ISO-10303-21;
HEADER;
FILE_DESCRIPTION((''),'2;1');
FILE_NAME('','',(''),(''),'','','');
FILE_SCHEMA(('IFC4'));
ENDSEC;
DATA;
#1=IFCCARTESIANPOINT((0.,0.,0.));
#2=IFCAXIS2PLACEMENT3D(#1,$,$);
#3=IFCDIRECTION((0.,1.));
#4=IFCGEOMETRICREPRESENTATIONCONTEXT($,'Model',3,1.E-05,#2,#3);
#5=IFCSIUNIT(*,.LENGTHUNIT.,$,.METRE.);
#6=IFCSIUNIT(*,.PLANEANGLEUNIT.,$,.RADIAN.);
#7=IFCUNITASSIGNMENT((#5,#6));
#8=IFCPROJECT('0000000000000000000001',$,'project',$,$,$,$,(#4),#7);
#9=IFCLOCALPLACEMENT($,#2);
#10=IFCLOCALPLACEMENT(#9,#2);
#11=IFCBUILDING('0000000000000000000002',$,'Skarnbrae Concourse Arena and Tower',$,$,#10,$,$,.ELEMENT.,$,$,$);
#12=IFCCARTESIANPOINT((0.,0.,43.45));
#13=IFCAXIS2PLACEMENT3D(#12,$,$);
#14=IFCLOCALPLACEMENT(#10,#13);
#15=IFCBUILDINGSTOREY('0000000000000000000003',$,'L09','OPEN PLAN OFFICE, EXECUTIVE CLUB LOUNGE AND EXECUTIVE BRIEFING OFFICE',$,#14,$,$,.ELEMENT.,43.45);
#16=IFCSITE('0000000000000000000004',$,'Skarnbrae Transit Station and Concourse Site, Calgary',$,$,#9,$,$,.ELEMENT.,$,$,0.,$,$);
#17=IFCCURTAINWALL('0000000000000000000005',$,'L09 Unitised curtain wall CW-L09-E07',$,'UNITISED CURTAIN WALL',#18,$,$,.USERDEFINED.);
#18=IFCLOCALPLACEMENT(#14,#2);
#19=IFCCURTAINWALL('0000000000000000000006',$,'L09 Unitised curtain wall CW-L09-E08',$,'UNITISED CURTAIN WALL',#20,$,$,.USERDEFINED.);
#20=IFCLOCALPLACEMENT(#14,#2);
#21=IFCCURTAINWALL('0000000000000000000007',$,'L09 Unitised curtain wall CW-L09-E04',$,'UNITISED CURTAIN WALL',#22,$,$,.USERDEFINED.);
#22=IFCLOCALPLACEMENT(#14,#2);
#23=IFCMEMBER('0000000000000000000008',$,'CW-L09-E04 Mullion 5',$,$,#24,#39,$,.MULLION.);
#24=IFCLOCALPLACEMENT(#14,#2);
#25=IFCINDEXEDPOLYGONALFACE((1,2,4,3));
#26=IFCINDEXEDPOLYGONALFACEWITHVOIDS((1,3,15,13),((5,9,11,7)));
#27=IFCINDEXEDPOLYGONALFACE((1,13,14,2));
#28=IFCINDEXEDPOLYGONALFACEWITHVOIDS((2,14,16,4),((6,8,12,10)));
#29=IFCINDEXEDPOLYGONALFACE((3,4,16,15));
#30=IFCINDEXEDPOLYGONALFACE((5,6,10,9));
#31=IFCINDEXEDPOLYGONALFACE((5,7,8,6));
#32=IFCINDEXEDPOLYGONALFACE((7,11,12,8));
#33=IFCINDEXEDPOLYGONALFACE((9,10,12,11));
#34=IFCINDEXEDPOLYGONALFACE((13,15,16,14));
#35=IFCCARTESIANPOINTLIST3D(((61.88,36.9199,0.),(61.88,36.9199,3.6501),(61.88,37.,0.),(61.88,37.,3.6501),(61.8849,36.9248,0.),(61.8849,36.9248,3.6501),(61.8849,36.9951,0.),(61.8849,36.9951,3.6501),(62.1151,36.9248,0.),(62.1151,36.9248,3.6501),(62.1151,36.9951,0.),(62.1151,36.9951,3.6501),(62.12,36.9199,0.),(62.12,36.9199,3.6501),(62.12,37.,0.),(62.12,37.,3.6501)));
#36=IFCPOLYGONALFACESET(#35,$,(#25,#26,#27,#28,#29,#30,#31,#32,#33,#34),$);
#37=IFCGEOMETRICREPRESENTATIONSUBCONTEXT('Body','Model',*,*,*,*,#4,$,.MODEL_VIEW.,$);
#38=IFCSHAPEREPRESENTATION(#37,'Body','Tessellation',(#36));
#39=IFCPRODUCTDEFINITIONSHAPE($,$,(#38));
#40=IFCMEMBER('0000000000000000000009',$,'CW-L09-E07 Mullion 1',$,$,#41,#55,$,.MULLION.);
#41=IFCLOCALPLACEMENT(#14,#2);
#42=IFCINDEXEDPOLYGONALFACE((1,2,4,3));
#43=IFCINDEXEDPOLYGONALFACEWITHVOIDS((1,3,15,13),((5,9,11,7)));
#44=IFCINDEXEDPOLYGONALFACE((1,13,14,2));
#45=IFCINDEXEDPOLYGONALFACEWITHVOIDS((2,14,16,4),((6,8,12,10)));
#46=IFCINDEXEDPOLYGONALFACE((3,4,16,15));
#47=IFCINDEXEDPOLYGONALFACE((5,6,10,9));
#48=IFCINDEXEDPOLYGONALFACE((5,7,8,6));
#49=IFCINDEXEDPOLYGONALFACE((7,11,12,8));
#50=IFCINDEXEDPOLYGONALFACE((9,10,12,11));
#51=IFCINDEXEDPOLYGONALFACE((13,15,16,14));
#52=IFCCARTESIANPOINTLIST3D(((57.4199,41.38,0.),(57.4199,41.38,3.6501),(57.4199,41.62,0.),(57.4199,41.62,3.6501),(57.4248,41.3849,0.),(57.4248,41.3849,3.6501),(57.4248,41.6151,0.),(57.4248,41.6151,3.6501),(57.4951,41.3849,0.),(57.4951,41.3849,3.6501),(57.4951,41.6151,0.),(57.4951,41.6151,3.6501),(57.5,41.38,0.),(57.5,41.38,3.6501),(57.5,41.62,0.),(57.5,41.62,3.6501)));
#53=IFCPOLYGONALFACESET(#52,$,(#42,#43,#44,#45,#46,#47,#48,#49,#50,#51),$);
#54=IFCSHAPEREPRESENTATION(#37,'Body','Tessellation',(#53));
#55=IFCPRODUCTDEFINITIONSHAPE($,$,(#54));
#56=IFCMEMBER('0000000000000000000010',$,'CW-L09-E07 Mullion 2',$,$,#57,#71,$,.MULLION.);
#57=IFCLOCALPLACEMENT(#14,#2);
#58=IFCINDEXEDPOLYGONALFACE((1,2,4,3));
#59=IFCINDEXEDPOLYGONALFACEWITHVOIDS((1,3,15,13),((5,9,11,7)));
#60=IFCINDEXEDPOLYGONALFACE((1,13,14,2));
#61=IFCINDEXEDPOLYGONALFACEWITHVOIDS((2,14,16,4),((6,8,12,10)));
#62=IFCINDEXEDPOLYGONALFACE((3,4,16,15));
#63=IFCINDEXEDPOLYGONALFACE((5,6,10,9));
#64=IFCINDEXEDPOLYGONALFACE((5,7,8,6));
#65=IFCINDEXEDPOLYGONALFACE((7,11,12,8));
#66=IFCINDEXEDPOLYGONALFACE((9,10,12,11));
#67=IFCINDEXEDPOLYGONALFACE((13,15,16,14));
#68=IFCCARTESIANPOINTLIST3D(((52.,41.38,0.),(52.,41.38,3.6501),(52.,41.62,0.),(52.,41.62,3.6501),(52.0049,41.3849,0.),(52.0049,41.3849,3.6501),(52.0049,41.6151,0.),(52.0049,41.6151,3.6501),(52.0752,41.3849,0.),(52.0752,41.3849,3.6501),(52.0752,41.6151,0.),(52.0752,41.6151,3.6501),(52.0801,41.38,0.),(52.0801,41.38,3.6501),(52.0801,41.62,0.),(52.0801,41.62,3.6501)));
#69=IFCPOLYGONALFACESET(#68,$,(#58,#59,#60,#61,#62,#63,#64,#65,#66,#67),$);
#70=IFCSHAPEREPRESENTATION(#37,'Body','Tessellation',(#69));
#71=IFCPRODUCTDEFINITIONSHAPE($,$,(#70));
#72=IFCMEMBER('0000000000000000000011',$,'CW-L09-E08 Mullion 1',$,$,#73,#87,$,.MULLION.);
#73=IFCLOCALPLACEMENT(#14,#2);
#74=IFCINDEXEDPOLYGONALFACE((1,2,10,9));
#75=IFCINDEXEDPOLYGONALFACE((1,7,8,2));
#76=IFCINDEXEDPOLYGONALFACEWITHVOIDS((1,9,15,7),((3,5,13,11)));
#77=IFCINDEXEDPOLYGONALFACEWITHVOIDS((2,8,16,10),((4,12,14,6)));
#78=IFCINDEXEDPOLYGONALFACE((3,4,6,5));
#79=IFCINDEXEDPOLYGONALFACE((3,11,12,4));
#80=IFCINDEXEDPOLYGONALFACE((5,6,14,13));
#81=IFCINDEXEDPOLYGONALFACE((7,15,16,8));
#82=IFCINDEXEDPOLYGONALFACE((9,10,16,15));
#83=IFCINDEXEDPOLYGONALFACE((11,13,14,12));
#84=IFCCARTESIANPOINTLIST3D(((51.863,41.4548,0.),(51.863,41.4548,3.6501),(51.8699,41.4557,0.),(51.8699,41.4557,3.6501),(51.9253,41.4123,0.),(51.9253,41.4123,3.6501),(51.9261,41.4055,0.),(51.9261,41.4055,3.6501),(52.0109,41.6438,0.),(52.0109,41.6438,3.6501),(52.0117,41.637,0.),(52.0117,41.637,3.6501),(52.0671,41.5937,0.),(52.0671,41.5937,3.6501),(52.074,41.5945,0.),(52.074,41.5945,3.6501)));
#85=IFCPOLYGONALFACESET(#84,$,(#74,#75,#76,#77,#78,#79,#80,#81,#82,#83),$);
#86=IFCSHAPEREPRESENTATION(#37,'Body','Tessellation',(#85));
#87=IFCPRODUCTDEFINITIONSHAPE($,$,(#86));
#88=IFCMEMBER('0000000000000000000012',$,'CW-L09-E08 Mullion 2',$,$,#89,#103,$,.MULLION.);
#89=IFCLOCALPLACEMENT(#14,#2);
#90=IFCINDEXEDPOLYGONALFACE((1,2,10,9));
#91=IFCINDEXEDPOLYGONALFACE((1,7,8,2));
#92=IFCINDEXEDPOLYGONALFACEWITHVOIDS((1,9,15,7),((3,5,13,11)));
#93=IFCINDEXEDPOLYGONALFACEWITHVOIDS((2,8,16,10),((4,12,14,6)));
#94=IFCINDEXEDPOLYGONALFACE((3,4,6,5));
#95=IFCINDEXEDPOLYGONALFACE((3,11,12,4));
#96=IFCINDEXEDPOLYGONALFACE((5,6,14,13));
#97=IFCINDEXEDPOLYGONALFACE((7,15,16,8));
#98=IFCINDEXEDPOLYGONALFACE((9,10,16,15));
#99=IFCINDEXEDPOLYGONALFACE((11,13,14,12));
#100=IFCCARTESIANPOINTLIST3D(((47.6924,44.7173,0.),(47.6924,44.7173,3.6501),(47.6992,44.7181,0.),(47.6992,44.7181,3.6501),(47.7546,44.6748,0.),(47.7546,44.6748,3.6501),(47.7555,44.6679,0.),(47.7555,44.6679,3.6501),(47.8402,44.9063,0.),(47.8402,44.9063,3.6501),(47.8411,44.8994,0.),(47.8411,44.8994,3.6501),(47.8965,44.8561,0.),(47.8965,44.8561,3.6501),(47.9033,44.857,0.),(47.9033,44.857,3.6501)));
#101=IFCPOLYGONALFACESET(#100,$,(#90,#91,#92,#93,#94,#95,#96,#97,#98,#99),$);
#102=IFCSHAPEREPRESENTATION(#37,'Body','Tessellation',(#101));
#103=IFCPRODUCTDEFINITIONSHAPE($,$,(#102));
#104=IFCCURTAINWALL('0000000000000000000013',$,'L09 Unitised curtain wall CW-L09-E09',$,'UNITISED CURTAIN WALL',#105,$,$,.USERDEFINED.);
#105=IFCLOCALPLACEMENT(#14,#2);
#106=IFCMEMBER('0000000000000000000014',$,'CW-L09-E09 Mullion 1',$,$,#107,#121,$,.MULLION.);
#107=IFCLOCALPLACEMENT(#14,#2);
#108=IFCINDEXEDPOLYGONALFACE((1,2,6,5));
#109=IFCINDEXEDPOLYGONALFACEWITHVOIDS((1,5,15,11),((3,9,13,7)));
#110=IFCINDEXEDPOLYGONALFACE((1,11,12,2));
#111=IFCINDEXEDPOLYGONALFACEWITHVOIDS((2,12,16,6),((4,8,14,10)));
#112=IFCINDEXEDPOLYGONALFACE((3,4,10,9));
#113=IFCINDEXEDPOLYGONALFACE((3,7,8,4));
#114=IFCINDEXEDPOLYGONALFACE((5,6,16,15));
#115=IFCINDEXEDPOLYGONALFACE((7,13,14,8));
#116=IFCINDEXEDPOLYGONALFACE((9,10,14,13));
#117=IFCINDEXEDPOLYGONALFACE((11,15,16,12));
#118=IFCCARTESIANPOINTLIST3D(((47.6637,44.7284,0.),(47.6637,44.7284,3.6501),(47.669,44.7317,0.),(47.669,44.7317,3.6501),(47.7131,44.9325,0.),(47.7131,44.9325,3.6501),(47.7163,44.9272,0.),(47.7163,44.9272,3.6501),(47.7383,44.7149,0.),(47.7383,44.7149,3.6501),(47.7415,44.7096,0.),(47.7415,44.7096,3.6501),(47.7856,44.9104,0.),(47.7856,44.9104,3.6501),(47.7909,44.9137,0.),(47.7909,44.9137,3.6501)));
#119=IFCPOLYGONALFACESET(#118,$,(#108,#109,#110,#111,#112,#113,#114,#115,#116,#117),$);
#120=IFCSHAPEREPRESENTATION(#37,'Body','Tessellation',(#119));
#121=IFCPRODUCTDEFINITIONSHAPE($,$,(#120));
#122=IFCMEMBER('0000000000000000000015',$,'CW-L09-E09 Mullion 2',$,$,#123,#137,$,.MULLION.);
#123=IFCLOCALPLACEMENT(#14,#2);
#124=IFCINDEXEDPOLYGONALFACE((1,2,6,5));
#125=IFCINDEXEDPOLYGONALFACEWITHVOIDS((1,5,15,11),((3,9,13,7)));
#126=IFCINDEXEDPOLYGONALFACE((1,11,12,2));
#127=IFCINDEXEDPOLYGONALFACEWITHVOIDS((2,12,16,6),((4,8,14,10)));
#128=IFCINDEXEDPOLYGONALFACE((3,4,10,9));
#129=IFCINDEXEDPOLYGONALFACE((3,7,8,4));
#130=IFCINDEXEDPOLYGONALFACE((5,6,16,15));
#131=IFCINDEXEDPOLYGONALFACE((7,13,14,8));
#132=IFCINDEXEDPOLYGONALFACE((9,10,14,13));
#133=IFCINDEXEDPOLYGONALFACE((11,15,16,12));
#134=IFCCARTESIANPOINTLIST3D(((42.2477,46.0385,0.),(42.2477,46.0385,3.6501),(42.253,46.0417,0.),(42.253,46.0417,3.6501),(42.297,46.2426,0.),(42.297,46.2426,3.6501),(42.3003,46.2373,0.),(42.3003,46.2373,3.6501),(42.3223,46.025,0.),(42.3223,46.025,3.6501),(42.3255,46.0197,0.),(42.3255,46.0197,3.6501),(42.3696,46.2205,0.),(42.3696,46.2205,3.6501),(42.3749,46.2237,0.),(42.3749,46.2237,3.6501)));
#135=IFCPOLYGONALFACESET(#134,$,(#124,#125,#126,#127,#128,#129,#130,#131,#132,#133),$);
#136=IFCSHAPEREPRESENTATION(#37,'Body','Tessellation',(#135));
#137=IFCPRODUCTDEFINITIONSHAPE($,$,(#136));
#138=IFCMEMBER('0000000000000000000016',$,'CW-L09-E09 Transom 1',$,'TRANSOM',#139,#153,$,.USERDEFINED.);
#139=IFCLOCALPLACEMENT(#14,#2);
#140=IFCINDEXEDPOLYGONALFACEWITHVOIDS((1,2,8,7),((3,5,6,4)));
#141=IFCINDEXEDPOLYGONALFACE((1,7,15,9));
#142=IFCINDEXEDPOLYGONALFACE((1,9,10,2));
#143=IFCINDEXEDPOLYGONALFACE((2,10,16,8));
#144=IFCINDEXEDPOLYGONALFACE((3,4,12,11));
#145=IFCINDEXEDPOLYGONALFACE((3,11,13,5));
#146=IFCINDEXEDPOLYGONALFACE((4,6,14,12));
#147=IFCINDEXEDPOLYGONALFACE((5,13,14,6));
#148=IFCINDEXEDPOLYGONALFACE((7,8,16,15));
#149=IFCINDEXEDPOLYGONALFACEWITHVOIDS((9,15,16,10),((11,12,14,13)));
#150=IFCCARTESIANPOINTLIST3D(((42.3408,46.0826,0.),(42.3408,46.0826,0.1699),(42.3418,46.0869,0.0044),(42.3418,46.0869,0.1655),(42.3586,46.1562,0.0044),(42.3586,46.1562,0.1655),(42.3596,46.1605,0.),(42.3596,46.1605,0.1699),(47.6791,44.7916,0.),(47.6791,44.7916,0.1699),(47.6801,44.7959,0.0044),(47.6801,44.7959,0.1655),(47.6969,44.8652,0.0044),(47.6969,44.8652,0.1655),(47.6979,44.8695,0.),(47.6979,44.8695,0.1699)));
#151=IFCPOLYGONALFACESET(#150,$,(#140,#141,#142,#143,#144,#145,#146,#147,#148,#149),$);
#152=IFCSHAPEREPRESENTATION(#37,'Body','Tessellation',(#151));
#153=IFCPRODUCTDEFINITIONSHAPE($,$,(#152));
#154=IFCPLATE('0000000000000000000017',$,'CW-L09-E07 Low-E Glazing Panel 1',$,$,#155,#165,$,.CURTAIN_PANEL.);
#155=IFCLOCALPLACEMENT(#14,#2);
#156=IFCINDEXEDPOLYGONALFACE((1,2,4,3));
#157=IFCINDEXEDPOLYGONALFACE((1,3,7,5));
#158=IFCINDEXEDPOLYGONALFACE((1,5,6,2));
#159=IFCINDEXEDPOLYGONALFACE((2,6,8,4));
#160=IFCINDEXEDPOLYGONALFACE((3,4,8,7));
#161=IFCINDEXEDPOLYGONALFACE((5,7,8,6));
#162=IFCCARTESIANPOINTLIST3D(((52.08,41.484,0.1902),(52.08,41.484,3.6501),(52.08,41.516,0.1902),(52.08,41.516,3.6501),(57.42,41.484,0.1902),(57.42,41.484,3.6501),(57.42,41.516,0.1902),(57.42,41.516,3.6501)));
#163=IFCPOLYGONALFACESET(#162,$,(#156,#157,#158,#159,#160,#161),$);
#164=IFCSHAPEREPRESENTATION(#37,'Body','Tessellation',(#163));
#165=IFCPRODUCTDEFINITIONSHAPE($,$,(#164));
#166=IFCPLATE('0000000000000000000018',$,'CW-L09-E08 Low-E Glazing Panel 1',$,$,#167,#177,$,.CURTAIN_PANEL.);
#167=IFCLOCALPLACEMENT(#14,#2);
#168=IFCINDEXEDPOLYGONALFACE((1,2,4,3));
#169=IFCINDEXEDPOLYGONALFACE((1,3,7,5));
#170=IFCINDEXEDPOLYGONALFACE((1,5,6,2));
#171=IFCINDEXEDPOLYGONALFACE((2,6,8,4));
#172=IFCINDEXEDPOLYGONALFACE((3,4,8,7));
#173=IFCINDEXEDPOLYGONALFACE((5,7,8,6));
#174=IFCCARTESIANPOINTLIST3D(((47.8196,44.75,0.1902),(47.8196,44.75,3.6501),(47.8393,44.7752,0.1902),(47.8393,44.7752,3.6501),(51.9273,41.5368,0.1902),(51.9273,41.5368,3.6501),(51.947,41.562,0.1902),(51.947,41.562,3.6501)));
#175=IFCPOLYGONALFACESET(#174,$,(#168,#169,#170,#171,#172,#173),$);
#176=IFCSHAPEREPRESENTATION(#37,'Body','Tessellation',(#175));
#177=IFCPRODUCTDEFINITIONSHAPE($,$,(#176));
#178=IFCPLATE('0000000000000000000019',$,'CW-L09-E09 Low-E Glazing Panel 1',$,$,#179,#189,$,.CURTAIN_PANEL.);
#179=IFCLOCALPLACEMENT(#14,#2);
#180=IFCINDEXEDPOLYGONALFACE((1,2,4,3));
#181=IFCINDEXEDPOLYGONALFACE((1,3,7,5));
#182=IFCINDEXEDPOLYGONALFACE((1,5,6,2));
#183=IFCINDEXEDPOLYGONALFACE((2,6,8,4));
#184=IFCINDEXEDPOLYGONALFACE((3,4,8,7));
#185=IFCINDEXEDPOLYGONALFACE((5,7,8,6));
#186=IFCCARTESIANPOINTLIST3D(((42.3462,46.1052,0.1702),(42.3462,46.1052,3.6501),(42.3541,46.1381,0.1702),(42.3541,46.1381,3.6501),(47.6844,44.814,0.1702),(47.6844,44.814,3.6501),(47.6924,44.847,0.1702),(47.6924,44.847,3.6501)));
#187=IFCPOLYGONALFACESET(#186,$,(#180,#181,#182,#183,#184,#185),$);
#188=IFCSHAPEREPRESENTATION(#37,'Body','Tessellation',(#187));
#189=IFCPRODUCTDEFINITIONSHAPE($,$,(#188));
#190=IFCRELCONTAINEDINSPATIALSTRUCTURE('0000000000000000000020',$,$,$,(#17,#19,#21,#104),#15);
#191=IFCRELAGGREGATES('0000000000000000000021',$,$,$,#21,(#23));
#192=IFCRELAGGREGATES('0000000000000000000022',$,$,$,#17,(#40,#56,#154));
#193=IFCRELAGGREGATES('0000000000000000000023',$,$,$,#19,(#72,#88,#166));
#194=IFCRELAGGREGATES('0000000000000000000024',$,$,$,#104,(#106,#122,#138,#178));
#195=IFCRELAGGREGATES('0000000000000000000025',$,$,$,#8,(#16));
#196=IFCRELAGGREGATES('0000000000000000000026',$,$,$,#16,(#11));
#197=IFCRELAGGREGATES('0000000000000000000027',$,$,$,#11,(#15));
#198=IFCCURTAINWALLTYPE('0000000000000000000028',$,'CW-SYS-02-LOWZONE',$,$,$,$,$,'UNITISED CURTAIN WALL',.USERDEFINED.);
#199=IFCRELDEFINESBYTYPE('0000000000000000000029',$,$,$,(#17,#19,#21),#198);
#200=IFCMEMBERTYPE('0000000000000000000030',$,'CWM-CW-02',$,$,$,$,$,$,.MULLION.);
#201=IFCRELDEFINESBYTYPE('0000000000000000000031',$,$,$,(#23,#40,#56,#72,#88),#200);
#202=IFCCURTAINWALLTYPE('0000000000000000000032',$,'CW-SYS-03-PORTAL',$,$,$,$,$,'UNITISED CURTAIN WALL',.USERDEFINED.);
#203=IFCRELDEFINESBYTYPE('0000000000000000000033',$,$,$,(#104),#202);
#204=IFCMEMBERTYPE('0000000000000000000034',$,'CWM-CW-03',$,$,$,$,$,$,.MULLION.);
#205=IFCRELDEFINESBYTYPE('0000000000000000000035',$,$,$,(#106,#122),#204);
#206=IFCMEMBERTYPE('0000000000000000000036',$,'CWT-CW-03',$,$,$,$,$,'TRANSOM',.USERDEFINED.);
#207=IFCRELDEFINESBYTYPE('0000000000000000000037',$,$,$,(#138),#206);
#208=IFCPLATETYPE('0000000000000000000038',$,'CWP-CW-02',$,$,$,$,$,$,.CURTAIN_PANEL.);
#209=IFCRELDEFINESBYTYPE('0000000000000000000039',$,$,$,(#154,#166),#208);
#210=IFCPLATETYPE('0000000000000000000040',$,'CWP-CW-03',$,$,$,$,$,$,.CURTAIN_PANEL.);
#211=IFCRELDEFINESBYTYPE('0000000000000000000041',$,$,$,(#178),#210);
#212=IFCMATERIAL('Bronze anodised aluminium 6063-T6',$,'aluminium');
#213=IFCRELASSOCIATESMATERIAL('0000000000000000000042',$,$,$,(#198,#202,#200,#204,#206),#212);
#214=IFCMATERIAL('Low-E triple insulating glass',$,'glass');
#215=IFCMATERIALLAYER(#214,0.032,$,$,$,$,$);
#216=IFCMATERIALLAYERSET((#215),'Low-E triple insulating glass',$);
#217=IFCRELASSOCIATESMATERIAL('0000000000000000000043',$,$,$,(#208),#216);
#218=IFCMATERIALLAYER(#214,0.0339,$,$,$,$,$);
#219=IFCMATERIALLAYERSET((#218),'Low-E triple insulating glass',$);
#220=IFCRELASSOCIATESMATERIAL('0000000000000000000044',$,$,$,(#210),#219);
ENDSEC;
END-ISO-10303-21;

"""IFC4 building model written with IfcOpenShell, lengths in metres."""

from ifc_helpers import new_model, si_unit, direction, frame, origin, origin_2d, place, context, subcontext, project, spatial, rectangle, hollow_rectangle, extrude, source, transform, mapped, material, layer, layer_set, material_profile, profile_set, type_object, element, aggregate, save


model = new_model("IFC4")

# Units and contexts
model_context = context("Model", 3, precision=1e-05, world=origin(), true_north=direction((0.0, 1.0)))
body_context = subcontext(model_context, "Body", "Model", "MODEL_VIEW")
ifc_project = project(units=[si_unit("LENGTHUNIT", "METRE"), si_unit("PLANEANGLEUNIT", "RADIAN")], contexts=[model_context])

# Site, building, storey
site_placement = place(None, origin())
site = spatial("IfcSite", under=ifc_project, at=site_placement, Name="Skarnbrae Transit Station and Concourse Site, Calgary", CompositionType="ELEMENT", RefElevation=0.0)
building_placement = place(site_placement, origin())
building = spatial("IfcBuilding", under=site, at=building_placement, Name="Skarnbrae Concourse Arena and Tower", CompositionType="ELEMENT")
storey_placement = place(building_placement, frame((0.0, 0.0, 43.45)))
storey = spatial("IfcBuildingStorey", under=building, at=storey_placement, Name="L09", Description="OPEN PLAN OFFICE, EXECUTIVE CLUB LOUNGE AND EXECUTIVE BRIEFING OFFICE", CompositionType="ELEMENT", Elevation=43.45)

# Curtain walls, member
ifc_material_1 = material(Name="Bronze anodised aluminium 6063-T6", Category="aluminium")
curtain_wall_type_1 = type_object("IfcCurtainWallType", Name="CW-SYS-02-LOWZONE", ElementType="UNITISED CURTAIN WALL", PredefinedType="USERDEFINED", material=ifc_material_1)
curtain_wall_1_placement = place(storey_placement, origin())
curtain_wall_1 = element("IfcCurtainWall", 1, at=curtain_wall_1_placement, inside=storey, type_object=curtain_wall_type_1, Name="L09 Unitised curtain wall CW-L09-E07", ObjectType="UNITISED CURTAIN WALL", PredefinedType="USERDEFINED")
curtain_wall_2_placement = place(storey_placement, origin())
curtain_wall_2 = element("IfcCurtainWall", 2, at=curtain_wall_2_placement, inside=storey, type_object=curtain_wall_type_1, Name="L09 Unitised curtain wall CW-L09-E08", ObjectType="UNITISED CURTAIN WALL", PredefinedType="USERDEFINED")
curtain_wall_3_placement = place(storey_placement, origin())
curtain_wall_3 = element("IfcCurtainWall", 3, at=curtain_wall_3_placement, inside=storey, type_object=curtain_wall_type_1, Name="L09 Unitised curtain wall CW-L09-E04", ObjectType="UNITISED CURTAIN WALL", PredefinedType="USERDEFINED")
ifc_material_profile_1 = material_profile(ifc_material_1, hollow_rectangle(XDim=0.0801, YDim=0.24, WallThickness=0.0049, at=origin_2d()), Name="ALU-MULL-80X240")
ifc_profile_set_1 = profile_set([ifc_material_profile_1], Name="Bronze anodised aluminium 6063-T6")
member_type_1 = type_object("IfcMemberType", Name="CWM-CW-02", PredefinedType="MULLION", material=ifc_profile_set_1)
shared_shape_1 = source(origin(), body_context, "Body", "SweptSolid", [
    extrude(hollow_rectangle(XDim=0.0801, YDim=0.24, WallThickness=0.0049, at=origin_2d()), origin(), (0.0, 0.0, 1.0), 3.6501),
])
member_1_placement = place(storey_placement, frame((62.0, 36.96, 0.0), z_axis=(0.0, 0.0, 1.0), x_axis=(0.0, 1.0, 0.0)))
member_1 = element("IfcMember", 4, at=member_1_placement, type_object=member_type_1, Name="CW-L09-E04 Mullion 5", PredefinedType="MULLION", context=body_context, shape_type="MappedRepresentation", body=[
    mapped(shared_shape_1, transform((0.0, 0.0, 0.0))),
])
aggregate(curtain_wall_3, [member_1])

# Members
member_2_placement = place(storey_placement, frame((57.46, 41.5, 0.0), z_axis=(0.0, 0.0, 1.0), x_axis=(-1.0, 0.0, 0.0)))
member_2 = element("IfcMember", 5, at=member_2_placement, type_object=member_type_1, Name="CW-L09-E07 Mullion 1", PredefinedType="MULLION", context=body_context, shape_type="MappedRepresentation", body=[
    mapped(shared_shape_1, transform((0.0, 0.0, 0.0))),
])
member_3_placement = place(storey_placement, frame((52.04, 41.5, 0.0), z_axis=(0.0, 0.0, 1.0), x_axis=(-1.0, 0.0, 0.0)))
member_3 = element("IfcMember", 6, at=member_3_placement, type_object=member_type_1, Name="CW-L09-E07 Mullion 2", PredefinedType="MULLION", context=body_context, shape_type="MappedRepresentation", body=[
    mapped(shared_shape_1, transform((0.0, 0.0, 0.0))),
])
member_4_placement = place(storey_placement, frame((51.9685, 41.5247, 0.0), z_axis=(0.0, 0.0, 1.0), x_axis=(-0.787652, 0.616121, 0.0)))
member_4 = element("IfcMember", 7, at=member_4_placement, type_object=member_type_1, Name="CW-L09-E08 Mullion 1", PredefinedType="MULLION", context=body_context, shape_type="MappedRepresentation", body=[
    mapped(shared_shape_1, transform((0.0, 0.0, 0.0))),
])
member_5_placement = place(storey_placement, frame((47.7979, 44.7871, 0.0), z_axis=(0.0, 0.0, 1.0), x_axis=(-0.787652, 0.616121, 0.0)))
member_5 = element("IfcMember", 8, at=member_5_placement, type_object=member_type_1, Name="CW-L09-E08 Mullion 2", PredefinedType="MULLION", context=body_context, shape_type="MappedRepresentation", body=[
    mapped(shared_shape_1, transform((0.0, 0.0, 0.0))),
])

# Curtain wall, members
curtain_wall_type_2 = type_object("IfcCurtainWallType", Name="CW-SYS-03-PORTAL", ElementType="UNITISED CURTAIN WALL", PredefinedType="USERDEFINED", material=ifc_material_1)
curtain_wall_4_placement = place(storey_placement, origin())
curtain_wall_4 = element("IfcCurtainWall", 9, at=curtain_wall_4_placement, inside=storey, type_object=curtain_wall_type_2, Name="L09 Unitised curtain wall CW-L09-E09", ObjectType="UNITISED CURTAIN WALL", PredefinedType="USERDEFINED")
ifc_material_profile_2 = material_profile(ifc_material_1, hollow_rectangle(XDim=0.0801, YDim=0.21, WallThickness=0.0044, at=origin_2d()), Name="ALU-MULL-80X210")
ifc_profile_set_2 = profile_set([ifc_material_profile_2], Name="Bronze anodised aluminium 6063-T6")
member_type_2 = type_object("IfcMemberType", Name="CWM-CW-03", PredefinedType="MULLION", material=ifc_profile_set_2)
shared_shape_2 = source(origin(), body_context, "Body", "SweptSolid", [
    extrude(hollow_rectangle(XDim=0.0801, YDim=0.21, WallThickness=0.0044, at=origin_2d()), origin(), (0.0, 0.0, 1.0), 3.6501),
])
member_6_placement = place(storey_placement, frame((47.7273, 44.821, 0.0), z_axis=(0.0, 0.0, 1.0), x_axis=(-0.971974, 0.23509, 0.0)))
member_6 = element("IfcMember", 10, at=member_6_placement, type_object=member_type_2, Name="CW-L09-E09 Mullion 1", PredefinedType="MULLION", context=body_context, shape_type="MappedRepresentation", body=[
    mapped(shared_shape_2, transform((0.0, 0.0, 0.0))),
])
member_7_placement = place(storey_placement, frame((42.3113, 46.1311, 0.0), z_axis=(0.0, 0.0, 1.0), x_axis=(-0.971974, 0.23509, 0.0)))
member_7 = element("IfcMember", 11, at=member_7_placement, type_object=member_type_2, Name="CW-L09-E09 Mullion 2", PredefinedType="MULLION", context=body_context, shape_type="MappedRepresentation", body=[
    mapped(shared_shape_2, transform((0.0, 0.0, 0.0))),
])
ifc_material_profile_3 = material_profile(ifc_material_1, hollow_rectangle(XDim=0.0801, YDim=0.1699, WallThickness=0.0044, at=origin_2d()), Name="ALU-TRAN-80X170")
ifc_profile_set_3 = profile_set([ifc_material_profile_3], Name="Bronze anodised aluminium 6063-T6")
member_type_3 = type_object("IfcMemberType", Name="CWT-CW-03", ElementType="TRANSOM", PredefinedType="USERDEFINED", material=ifc_profile_set_3)
shared_shape_3 = source(origin(), body_context, "Body", "SweptSolid", [
    extrude(hollow_rectangle(XDim=0.0801, YDim=0.1699, WallThickness=0.0044, at=origin_2d()), origin(), (0.0, 0.0, 1.0), 5.4922),
])
member_8_placement = place(storey_placement, frame((47.6885, 44.8306, 0.085), z_axis=(-0.971981, 0.235061, 0.0), x_axis=(-0.235061, -0.971981, 0.0)))
member_8 = element("IfcMember", 12, at=member_8_placement, type_object=member_type_3, Name="CW-L09-E09 Transom 1", ObjectType="TRANSOM", PredefinedType="USERDEFINED", context=body_context, shape_type="MappedRepresentation", body=[
    mapped(shared_shape_3, transform((0.0, 0.0, 0.0))),
])

# Plates
ifc_material_2 = material(Name="Low-E triple insulating glass", Category="glass")
ifc_layer_1 = layer(ifc_material_2, 0.032)
ifc_layer_set_1 = layer_set([ifc_layer_1], Name="Low-E triple insulating glass")
plate_type_1 = type_object("IfcPlateType", Name="CWP-CW-02", PredefinedType="CURTAIN_PANEL", material=ifc_layer_set_1)
shared_shape_4 = source(origin(), body_context, "Body", "SweptSolid", [
    extrude(rectangle(XDim=5.3401, YDim=0.032, at=origin_2d()), origin(), (0.0, 0.0, 1.0), 3.46),
])
plate_1_placement = place(storey_placement, frame((54.75, 41.5, 0.1902), z_axis=(0.0, 0.0, 1.0), x_axis=(-1.0, 0.0, 0.0)))
plate_1 = element("IfcPlate", 13, at=plate_1_placement, type_object=plate_type_1, Name="CW-L09-E07 Low-E Glazing Panel 1", PredefinedType="CURTAIN_PANEL", context=body_context, shape_type="MappedRepresentation", body=[
    mapped(shared_shape_4, transform((0.0, 0.0, 0.0))),
])
aggregate(curtain_wall_1, [member_2, member_3, plate_1])
shared_shape_5 = source(origin(), body_context, "Body", "SweptSolid", [
    extrude(rectangle(XDim=5.2151, YDim=0.032, at=origin_2d()), origin(), (0.0, 0.0, 1.0), 3.46),
])
plate_2_placement = place(storey_placement, frame((49.8833, 43.156, 0.1902), z_axis=(0.0, 0.0, 1.0), x_axis=(-0.787652, 0.616121, 0.0)))
plate_2 = element("IfcPlate", 14, at=plate_2_placement, type_object=plate_type_1, Name="CW-L09-E08 Low-E Glazing Panel 1", PredefinedType="CURTAIN_PANEL", context=body_context, shape_type="MappedRepresentation", body=[
    mapped(shared_shape_5, transform((0.0, 0.0, 0.0))),
])
aggregate(curtain_wall_2, [member_4, member_5, plate_2])
ifc_layer_2 = layer(ifc_material_2, 0.0339)
ifc_layer_set_2 = layer_set([ifc_layer_2], Name="Low-E triple insulating glass")
plate_type_2 = type_object("IfcPlateType", Name="CWP-CW-03", PredefinedType="CURTAIN_PANEL", material=ifc_layer_set_2)
shared_shape_6 = source(origin(), body_context, "Body", "SweptSolid", [
    extrude(rectangle(XDim=5.4922, YDim=0.0339, at=origin_2d()), origin(), (0.0, 0.0, 1.0), 3.48),
])
plate_3_placement = place(storey_placement, frame((45.0193, 45.4761, 0.1702), z_axis=(0.0, 0.0, 1.0), x_axis=(-0.971974, 0.23509, 0.0)))
plate_3 = element("IfcPlate", 15, at=plate_3_placement, type_object=plate_type_2, Name="CW-L09-E09 Low-E Glazing Panel 1", PredefinedType="CURTAIN_PANEL", context=body_context, shape_type="MappedRepresentation", body=[
    mapped(shared_shape_6, transform((0.0, 0.0, 0.0))),
])
aggregate(curtain_wall_4, [member_6, member_7, member_8, plate_3])

save(model, "model.ifc")
